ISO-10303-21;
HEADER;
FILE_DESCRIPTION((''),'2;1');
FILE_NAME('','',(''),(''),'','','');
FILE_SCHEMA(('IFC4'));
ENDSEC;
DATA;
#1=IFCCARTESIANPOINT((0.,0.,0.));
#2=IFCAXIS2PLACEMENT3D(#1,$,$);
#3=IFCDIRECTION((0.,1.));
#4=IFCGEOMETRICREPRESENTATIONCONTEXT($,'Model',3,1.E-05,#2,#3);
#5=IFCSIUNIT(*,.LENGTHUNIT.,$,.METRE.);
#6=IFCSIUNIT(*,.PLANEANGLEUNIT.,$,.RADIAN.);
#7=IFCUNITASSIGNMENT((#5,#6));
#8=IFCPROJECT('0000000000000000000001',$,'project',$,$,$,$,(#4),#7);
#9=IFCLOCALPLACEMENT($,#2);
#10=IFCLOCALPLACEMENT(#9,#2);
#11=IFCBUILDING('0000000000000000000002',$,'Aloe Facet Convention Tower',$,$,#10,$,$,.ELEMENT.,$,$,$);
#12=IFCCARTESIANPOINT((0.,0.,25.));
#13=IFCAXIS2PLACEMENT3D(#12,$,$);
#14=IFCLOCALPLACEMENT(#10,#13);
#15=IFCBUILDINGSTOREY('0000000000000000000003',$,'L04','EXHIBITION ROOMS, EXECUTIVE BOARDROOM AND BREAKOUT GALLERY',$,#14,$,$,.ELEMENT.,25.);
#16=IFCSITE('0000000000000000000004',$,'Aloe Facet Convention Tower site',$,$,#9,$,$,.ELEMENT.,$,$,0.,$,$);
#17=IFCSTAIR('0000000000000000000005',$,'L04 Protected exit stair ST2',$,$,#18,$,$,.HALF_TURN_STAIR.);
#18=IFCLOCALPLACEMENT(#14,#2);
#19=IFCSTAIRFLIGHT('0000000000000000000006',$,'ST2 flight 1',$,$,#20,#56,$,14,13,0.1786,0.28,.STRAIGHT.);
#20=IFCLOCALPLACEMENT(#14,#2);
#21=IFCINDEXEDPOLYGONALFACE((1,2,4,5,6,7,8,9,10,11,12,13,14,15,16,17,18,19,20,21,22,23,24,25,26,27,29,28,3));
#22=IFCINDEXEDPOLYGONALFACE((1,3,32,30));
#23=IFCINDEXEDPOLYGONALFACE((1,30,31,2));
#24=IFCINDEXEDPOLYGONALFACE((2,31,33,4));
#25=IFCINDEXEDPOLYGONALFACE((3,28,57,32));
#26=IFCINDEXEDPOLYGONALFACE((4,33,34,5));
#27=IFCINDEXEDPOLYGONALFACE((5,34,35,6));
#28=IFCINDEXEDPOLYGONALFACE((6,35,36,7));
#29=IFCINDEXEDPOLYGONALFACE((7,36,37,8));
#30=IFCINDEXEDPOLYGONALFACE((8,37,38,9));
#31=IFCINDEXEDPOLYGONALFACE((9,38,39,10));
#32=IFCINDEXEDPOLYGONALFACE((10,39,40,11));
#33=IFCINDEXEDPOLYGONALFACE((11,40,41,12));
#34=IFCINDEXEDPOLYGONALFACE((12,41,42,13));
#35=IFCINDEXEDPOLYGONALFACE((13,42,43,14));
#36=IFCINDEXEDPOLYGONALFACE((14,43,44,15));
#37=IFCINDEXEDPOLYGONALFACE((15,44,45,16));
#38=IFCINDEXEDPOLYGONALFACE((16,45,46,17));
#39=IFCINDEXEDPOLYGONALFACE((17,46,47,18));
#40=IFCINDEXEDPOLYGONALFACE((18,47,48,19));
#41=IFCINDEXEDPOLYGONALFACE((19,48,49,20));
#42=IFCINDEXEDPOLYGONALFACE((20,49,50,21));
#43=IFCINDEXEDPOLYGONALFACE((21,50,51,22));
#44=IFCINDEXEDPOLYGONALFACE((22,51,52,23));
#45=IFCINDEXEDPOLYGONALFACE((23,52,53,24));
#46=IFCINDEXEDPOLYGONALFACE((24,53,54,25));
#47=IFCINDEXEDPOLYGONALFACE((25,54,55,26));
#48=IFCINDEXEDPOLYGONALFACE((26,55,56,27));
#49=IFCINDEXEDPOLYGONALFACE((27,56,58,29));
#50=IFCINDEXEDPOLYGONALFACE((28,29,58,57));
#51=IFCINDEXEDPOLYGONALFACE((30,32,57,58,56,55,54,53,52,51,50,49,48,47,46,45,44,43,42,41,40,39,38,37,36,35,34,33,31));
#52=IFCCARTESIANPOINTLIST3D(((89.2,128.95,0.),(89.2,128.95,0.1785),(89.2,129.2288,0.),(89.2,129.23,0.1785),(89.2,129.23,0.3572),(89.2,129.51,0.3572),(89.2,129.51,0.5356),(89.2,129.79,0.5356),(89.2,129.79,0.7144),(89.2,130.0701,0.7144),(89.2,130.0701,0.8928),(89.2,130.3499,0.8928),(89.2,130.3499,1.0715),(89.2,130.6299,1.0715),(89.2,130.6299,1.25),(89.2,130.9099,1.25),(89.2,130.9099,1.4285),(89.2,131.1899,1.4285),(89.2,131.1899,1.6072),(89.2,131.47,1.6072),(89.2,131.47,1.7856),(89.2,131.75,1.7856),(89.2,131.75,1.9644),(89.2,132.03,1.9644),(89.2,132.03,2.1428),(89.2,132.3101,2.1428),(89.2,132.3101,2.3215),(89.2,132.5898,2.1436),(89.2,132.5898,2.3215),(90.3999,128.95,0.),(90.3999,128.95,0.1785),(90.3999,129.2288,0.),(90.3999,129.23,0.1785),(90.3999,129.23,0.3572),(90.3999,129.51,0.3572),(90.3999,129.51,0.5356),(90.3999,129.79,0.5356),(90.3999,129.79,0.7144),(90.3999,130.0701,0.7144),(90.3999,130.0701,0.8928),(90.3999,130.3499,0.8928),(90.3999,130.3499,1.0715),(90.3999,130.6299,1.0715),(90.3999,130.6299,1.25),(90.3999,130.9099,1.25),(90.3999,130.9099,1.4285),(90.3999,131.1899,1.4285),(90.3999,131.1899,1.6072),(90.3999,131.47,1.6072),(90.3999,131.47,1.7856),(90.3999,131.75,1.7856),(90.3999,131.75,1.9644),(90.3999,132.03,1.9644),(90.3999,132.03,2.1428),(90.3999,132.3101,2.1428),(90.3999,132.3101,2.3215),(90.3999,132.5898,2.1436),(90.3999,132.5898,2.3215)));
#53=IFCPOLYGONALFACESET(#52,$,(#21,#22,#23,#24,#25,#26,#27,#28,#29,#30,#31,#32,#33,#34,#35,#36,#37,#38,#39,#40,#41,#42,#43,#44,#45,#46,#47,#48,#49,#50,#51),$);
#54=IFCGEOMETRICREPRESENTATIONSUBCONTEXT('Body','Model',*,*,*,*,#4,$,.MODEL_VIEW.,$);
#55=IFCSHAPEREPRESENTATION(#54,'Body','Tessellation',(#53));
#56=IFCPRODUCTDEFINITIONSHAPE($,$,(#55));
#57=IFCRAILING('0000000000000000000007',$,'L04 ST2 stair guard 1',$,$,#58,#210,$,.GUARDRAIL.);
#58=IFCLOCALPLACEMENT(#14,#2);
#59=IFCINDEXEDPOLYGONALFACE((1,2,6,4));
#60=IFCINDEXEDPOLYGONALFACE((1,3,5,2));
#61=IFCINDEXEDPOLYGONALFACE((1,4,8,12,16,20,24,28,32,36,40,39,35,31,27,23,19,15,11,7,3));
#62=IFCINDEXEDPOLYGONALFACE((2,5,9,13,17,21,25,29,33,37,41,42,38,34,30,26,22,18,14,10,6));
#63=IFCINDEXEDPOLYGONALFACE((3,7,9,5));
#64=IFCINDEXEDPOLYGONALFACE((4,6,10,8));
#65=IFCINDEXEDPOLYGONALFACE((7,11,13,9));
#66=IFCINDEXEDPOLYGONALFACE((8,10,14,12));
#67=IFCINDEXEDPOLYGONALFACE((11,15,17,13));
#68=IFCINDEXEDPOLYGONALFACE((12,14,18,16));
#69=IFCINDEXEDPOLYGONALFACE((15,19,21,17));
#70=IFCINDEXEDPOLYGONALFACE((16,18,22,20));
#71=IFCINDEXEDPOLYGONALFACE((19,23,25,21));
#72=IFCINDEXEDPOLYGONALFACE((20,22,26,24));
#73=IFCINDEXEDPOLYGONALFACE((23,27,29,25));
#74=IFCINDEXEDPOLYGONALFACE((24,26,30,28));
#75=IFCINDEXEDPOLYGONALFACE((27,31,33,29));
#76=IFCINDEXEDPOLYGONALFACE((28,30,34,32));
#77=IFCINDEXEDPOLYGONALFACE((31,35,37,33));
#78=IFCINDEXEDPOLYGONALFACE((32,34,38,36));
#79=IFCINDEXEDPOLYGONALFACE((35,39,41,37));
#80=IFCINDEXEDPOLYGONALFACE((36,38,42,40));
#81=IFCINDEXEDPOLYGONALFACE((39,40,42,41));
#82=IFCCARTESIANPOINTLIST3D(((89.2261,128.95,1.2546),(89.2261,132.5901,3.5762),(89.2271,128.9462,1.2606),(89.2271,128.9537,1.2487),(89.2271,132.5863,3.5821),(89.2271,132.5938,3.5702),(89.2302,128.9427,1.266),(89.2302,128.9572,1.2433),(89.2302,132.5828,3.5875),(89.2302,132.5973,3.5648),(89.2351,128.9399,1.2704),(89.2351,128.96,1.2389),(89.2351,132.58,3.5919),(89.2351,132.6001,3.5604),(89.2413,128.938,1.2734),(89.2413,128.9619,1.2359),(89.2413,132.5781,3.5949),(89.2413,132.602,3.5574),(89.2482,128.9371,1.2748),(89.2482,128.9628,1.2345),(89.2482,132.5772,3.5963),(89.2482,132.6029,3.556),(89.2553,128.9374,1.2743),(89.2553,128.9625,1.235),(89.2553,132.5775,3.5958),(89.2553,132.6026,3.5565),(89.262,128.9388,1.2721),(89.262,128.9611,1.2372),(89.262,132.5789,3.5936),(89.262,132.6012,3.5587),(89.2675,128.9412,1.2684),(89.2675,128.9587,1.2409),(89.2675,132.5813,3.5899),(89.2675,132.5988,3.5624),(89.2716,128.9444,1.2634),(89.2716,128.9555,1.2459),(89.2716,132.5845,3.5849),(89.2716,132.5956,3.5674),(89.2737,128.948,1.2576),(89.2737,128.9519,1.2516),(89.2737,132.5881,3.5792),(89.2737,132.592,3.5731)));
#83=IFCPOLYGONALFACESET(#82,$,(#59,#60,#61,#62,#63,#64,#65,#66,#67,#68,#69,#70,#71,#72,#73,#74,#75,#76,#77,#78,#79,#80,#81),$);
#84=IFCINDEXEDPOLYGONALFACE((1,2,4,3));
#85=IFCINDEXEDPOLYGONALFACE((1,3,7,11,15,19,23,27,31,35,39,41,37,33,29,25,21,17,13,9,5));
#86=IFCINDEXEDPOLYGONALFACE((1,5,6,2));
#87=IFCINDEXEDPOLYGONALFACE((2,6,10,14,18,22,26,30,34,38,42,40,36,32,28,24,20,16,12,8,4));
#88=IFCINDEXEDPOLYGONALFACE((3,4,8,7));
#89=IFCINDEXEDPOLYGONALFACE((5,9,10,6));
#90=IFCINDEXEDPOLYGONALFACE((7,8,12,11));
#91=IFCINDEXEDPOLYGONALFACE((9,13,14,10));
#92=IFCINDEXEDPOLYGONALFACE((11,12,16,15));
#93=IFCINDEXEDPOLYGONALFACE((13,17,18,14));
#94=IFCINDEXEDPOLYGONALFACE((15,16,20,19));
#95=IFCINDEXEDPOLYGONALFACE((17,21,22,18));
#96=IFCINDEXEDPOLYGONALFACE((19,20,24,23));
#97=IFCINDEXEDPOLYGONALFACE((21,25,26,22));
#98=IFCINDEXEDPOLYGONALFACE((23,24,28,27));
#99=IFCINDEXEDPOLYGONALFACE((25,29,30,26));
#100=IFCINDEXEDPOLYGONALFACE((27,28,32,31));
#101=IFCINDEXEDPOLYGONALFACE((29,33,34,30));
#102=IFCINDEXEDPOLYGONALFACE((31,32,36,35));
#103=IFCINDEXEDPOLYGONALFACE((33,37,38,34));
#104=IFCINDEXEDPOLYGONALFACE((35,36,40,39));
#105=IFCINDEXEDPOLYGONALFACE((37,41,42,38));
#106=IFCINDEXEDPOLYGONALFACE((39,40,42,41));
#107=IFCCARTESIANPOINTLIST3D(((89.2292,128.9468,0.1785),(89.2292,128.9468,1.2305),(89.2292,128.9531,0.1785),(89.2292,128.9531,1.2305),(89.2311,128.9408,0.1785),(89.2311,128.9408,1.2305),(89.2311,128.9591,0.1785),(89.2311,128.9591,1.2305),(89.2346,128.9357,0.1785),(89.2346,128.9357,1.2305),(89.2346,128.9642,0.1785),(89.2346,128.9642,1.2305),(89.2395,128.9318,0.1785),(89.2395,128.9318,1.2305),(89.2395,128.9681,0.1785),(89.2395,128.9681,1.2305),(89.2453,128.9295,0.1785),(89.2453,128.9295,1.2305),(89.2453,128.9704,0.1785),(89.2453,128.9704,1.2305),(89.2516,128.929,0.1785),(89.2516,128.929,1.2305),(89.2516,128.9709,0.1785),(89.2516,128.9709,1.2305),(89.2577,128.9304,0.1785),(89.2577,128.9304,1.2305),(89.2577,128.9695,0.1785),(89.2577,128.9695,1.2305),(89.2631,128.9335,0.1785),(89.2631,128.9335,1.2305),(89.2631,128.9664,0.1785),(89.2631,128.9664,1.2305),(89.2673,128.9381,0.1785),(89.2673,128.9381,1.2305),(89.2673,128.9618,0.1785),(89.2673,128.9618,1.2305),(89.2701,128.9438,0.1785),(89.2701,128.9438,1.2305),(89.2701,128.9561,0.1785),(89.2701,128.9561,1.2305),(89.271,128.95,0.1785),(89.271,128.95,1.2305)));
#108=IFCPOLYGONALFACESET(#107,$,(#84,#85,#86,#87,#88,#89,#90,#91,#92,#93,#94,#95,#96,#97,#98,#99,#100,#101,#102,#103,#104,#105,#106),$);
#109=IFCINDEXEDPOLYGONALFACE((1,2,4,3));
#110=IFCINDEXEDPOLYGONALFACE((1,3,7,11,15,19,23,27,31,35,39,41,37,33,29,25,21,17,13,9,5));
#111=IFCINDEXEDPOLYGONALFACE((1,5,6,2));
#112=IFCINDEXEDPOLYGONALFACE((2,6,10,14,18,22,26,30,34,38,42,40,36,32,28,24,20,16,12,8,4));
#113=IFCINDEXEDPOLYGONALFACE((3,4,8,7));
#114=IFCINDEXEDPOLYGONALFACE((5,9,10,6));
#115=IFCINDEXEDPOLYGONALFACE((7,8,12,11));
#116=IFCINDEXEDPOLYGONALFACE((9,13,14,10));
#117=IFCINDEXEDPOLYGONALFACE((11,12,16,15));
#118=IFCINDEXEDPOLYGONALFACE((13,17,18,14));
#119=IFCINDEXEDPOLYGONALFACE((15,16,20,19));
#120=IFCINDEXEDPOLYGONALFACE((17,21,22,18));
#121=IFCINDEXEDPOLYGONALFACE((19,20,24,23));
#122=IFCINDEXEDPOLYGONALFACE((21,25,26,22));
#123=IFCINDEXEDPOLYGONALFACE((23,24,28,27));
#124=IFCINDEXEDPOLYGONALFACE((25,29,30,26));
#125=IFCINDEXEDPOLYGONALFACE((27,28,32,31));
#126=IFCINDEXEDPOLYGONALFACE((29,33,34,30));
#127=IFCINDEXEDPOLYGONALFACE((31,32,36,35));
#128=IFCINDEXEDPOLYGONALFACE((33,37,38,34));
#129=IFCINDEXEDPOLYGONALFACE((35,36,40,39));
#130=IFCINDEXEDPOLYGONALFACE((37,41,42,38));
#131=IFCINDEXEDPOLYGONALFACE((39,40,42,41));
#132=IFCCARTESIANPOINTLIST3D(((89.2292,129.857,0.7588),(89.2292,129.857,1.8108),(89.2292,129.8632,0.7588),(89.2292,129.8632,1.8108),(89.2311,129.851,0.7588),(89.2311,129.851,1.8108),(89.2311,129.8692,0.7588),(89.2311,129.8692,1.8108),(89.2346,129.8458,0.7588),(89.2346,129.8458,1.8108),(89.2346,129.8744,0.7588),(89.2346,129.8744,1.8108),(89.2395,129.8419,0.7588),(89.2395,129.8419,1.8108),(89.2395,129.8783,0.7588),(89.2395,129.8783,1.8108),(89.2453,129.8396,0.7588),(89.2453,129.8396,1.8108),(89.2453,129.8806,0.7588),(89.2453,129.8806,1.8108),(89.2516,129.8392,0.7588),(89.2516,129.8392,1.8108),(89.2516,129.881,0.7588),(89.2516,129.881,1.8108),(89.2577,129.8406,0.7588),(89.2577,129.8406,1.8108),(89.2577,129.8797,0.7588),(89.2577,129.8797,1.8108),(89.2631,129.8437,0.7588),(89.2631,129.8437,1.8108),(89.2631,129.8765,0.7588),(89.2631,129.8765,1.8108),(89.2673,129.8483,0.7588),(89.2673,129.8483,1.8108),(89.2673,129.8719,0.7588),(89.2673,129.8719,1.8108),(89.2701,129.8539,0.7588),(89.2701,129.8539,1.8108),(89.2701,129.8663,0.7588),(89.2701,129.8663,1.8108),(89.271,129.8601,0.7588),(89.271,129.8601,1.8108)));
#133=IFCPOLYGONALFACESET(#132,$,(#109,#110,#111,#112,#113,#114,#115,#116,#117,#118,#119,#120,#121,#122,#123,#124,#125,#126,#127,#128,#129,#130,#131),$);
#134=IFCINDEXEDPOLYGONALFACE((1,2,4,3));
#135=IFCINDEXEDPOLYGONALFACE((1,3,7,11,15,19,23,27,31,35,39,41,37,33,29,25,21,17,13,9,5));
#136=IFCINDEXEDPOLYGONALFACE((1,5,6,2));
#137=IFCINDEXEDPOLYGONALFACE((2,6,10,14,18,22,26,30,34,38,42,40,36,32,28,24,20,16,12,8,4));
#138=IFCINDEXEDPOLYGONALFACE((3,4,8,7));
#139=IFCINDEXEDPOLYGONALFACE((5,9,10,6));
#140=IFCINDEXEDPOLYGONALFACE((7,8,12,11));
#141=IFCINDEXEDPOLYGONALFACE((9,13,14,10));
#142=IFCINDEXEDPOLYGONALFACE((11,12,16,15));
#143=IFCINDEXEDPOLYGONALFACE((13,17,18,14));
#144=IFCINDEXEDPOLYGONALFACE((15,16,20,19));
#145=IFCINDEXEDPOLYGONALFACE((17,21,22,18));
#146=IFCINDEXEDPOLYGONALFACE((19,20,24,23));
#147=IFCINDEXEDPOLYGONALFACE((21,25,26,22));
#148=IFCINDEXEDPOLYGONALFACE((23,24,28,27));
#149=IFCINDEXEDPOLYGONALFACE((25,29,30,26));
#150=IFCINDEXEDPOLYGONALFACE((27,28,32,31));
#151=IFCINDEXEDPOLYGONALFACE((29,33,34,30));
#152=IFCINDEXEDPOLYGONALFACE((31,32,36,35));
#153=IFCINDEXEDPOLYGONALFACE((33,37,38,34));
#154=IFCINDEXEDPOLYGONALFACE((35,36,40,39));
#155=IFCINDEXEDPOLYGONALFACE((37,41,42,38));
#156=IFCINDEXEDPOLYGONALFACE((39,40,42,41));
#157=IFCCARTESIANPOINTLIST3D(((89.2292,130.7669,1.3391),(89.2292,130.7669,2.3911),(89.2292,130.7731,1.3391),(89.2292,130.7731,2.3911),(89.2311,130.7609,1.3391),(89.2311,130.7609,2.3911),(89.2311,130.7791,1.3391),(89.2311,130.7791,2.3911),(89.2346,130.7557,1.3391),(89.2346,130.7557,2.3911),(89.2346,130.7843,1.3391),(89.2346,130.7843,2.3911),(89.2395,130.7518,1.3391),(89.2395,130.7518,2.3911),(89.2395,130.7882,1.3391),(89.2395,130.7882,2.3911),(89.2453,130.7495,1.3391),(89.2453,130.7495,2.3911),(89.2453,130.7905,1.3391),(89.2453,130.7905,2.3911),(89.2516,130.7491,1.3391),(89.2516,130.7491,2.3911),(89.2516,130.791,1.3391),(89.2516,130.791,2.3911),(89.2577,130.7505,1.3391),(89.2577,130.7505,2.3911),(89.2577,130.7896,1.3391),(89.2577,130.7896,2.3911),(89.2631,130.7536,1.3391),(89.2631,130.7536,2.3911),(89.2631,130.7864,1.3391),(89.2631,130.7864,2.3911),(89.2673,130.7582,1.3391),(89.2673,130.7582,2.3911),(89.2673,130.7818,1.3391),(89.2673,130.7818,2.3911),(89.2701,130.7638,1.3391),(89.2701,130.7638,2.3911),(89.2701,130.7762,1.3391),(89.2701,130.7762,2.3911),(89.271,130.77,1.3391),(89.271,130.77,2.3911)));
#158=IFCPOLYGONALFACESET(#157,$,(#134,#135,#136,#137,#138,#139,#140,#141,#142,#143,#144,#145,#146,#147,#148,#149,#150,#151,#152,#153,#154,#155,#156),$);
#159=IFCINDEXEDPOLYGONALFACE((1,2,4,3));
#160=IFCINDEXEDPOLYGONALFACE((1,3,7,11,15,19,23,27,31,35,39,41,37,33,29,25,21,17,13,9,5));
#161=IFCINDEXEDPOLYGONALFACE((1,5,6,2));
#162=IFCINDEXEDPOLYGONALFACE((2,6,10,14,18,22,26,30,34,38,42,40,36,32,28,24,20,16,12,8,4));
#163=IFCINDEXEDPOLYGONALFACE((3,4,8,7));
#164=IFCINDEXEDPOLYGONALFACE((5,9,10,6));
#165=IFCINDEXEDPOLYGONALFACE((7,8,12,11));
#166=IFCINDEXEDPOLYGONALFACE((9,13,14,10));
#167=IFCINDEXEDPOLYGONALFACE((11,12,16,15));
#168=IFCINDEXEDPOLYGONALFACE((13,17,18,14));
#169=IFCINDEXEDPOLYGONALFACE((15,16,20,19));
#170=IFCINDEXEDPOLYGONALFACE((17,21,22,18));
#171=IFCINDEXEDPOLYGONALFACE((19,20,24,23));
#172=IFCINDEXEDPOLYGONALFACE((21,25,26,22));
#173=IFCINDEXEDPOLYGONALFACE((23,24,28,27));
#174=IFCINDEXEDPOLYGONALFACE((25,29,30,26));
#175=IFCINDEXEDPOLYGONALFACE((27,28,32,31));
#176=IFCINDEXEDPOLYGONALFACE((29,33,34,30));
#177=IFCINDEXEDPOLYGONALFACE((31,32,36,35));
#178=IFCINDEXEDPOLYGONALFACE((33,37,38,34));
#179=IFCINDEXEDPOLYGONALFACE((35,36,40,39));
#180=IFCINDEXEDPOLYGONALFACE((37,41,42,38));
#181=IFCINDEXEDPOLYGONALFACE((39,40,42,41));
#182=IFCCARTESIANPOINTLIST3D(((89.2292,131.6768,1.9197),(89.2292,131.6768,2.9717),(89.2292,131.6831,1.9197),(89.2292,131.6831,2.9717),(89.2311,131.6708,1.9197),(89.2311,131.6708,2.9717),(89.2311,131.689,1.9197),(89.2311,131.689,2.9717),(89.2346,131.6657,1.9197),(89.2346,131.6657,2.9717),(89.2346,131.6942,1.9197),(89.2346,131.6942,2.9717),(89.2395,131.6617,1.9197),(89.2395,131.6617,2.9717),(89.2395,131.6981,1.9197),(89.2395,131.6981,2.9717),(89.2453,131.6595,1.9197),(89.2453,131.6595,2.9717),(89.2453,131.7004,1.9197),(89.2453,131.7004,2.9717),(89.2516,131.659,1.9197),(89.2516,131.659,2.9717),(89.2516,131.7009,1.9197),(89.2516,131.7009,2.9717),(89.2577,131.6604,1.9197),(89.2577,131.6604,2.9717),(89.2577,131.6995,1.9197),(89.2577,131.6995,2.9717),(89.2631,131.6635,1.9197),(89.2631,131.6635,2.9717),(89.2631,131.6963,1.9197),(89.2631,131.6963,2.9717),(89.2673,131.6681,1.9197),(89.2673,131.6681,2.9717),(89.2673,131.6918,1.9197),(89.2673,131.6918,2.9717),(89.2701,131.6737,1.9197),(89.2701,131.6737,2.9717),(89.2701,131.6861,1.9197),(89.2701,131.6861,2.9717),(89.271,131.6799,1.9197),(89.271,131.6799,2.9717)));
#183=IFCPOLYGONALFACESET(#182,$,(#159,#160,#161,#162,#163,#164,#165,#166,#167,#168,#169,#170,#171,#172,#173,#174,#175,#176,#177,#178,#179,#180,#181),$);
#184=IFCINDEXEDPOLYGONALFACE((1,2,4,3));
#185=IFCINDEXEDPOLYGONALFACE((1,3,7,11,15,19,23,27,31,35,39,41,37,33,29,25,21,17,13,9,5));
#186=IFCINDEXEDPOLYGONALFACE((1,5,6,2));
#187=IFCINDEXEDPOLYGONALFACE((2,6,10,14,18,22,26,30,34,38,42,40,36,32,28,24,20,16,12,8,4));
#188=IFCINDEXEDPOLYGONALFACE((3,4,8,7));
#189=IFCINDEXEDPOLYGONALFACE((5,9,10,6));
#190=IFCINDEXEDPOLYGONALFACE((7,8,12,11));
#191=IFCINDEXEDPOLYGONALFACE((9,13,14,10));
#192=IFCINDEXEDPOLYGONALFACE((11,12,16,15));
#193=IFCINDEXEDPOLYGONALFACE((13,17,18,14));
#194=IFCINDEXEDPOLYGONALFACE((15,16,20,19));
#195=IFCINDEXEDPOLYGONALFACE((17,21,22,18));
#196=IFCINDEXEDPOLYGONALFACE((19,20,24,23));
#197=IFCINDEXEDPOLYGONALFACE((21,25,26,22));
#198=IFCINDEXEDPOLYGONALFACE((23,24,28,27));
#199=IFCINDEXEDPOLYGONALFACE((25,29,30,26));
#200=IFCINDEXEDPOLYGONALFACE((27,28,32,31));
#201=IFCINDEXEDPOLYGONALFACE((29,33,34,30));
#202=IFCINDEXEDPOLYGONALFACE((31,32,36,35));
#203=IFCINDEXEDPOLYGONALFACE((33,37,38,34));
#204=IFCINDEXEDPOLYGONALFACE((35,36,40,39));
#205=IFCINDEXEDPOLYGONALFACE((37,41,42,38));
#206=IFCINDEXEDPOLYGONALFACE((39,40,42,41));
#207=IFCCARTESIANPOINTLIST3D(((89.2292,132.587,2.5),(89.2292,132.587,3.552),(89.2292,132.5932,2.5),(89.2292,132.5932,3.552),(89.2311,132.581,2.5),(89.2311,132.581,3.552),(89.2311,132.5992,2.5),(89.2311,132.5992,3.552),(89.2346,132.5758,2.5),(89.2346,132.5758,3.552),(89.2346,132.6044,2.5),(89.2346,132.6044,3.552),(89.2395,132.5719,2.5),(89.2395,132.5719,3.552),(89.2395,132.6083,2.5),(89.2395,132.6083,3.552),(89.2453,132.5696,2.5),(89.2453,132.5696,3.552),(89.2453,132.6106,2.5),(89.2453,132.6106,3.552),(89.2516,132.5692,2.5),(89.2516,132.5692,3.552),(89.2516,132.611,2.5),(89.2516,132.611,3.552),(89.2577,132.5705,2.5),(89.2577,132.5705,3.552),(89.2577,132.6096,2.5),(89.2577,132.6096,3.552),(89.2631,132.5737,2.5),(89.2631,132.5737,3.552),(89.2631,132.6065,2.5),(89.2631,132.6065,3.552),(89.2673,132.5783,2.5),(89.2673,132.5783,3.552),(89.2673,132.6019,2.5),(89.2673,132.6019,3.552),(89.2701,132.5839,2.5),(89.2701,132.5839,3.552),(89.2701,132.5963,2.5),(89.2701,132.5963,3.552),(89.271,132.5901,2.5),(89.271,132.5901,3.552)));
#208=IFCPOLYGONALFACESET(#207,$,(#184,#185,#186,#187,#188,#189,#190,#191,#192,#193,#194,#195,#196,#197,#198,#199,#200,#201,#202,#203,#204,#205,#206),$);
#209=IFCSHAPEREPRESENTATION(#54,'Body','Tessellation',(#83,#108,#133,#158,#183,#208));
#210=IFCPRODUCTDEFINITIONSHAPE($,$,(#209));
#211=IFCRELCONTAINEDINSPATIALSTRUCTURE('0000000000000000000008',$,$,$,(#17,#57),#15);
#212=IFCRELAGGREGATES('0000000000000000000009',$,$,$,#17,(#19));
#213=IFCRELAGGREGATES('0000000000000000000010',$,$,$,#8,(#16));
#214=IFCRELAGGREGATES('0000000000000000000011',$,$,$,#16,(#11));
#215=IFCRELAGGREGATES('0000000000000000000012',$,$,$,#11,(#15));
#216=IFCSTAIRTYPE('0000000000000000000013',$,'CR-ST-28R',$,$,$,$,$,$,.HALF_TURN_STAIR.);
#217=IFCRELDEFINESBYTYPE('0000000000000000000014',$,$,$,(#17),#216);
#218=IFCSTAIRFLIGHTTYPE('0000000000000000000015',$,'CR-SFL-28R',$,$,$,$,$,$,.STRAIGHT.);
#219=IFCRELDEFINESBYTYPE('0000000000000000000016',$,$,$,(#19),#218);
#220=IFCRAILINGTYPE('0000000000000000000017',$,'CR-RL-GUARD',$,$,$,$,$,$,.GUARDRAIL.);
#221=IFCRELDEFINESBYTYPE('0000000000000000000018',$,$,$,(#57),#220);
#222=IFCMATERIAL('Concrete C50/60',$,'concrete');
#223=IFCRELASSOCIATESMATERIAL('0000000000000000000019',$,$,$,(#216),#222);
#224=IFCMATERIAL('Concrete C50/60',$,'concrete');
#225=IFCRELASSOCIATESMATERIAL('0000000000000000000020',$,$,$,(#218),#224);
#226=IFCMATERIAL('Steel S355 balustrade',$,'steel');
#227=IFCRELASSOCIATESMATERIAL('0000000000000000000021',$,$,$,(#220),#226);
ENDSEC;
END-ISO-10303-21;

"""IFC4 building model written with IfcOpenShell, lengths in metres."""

from ifc_helpers import new_model, si_unit, direction, frame, origin, origin_2d, place, context, subcontext, project, spatial, polyline, circle, outline, extrude, material, type_object, element, aggregate, save


model = new_model("IFC4")

# Units and contexts
model_context = context("Model", 3, precision=1e-05, world=origin(), true_north=direction((0.0, 1.0)))
body_context = subcontext(model_context, "Body", "Model", "MODEL_VIEW")
ifc_project = project(units=[si_unit("LENGTHUNIT", "METRE"), si_unit("PLANEANGLEUNIT", "RADIAN")], contexts=[model_context])

# Site, building, storey
site_placement = place(None, origin())
site = spatial("IfcSite", under=ifc_project, at=site_placement, Name="Aloe Facet Convention Tower site", CompositionType="ELEMENT", RefElevation=0.0)
building_placement = place(site_placement, origin())
building = spatial("IfcBuilding", under=site, at=building_placement, Name="Aloe Facet Convention Tower", CompositionType="ELEMENT")
storey_placement = place(building_placement, frame((0.0, 0.0, 25.0)))
storey = spatial("IfcBuildingStorey", under=building, at=storey_placement, Name="L04", Description="EXHIBITION ROOMS, EXECUTIVE BOARDROOM AND BREAKOUT GALLERY", CompositionType="ELEMENT", Elevation=25.0)

# Stair, stair flight
ifc_material_1 = material(Name="Concrete C50/60", Category="concrete")
stair_type = type_object("IfcStairType", Name="CR-ST-28R", PredefinedType="HALF_TURN_STAIR", material=ifc_material_1)
stair_placement = place(storey_placement, origin())
stair = element("IfcStair", 1, at=stair_placement, inside=storey, type_object=stair_type, Name="L04 Protected exit stair ST2", PredefinedType="HALF_TURN_STAIR")
ifc_material_2 = material(Name="Concrete C50/60", Category="concrete")
stair_flight_type = type_object("IfcStairFlightType", Name="CR-SFL-28R", PredefinedType="STRAIGHT", material=ifc_material_2)
stair_flight_placement = place(storey_placement, frame((89.8, 128.95, 0.0), z_axis=(0.0, 0.0, 1.0), x_axis=(0.0, 1.0, 0.0)))
stair_flight = element("IfcStairFlight", 2, at=stair_flight_placement, type_object=stair_flight_type, Name="ST2 flight 1", NumberOfRisers=14, NumberOfTreads=13, PredefinedType="STRAIGHT", RiserHeight=0.1786, TreadLength=0.28, context=body_context, shape_type="SweptSolid", body=[
    extrude(outline(polyline([(0.0, 0.0), (0.0, 0.1785), (0.28, 0.1785), (0.28, 0.3572), (0.5601, 0.3572), (0.5601, 0.5356), (0.8401, 0.5356), (0.8401, 0.7144), (1.1201, 0.7144), (1.1201, 0.8928), (1.3999, 0.8928), (1.3999, 1.0715), (1.6799, 1.0715), (1.6799, 1.25), (1.96, 1.25), (1.96, 1.4285), (2.24, 1.4285), (2.24, 1.6072), (2.52, 1.6072), (2.52, 1.7856), (2.8, 1.7856), (2.8, 1.9644), (3.0801, 1.9644), (3.0801, 2.1428), (3.3601, 2.1428), (3.3601, 2.3215), (3.6399, 2.3215), (3.6399, 2.5), (3.6399, 2.1436), (0.2788, 0.0), (0.0, 0.0)])), frame((0.0, 0.6001, 0.0), z_axis=(0.0, -1.0, 0.0), x_axis=(1.0, 0.0, 0.0)), (0.0, 0.0, 1.0), 1.2),
])
aggregate(stair, [stair_flight])

# Railing
ifc_material_3 = material(Name="Steel S355 balustrade", Category="steel")
railing_type_1 = type_object("IfcRailingType", Name="CR-RL-GUARD", PredefinedType="GUARDRAIL", material=ifc_material_3)
railing_1_placement = place(storey_placement, frame((89.25, 128.95, 0.1785)))
element("IfcRailing", 3, at=railing_1_placement, inside=storey, type_object=railing_type_1, Name="L04 ST2 stair guard 1", PredefinedType="GUARDRAIL", context=body_context, shape_type="SweptSolid", body=[
    extrude(circle(Radius=0.0239, at=origin_2d()), frame((0.0, 0.0, 1.0762), z_axis=(0.0, 0.843128, 0.537713), x_axis=(-1.0, 0.0, 0.0)), (0.0, 0.0, 1.0), 4.3174),
    extrude(circle(Radius=0.021, at=origin_2d()), origin(), (0.0, 0.0, 1.0), 1.052),
    extrude(circle(Radius=0.021, at=origin_2d()), frame((0.0, 0.9102, 0.5803)), (0.0, 0.0, 1.0), 1.052),
    extrude(circle(Radius=0.021, at=origin_2d()), frame((0.0, 1.8201, 1.1606)), (0.0, 0.0, 1.0), 1.052),
    extrude(circle(Radius=0.021, at=origin_2d()), frame((0.0, 2.73, 1.7412)), (0.0, 0.0, 1.0), 1.052),
    extrude(circle(Radius=0.021, at=origin_2d()), frame((0.0, 3.6401, 2.3215)), (0.0, 0.0, 1.0), 1.052),
])

save(model, "model.ifc")
